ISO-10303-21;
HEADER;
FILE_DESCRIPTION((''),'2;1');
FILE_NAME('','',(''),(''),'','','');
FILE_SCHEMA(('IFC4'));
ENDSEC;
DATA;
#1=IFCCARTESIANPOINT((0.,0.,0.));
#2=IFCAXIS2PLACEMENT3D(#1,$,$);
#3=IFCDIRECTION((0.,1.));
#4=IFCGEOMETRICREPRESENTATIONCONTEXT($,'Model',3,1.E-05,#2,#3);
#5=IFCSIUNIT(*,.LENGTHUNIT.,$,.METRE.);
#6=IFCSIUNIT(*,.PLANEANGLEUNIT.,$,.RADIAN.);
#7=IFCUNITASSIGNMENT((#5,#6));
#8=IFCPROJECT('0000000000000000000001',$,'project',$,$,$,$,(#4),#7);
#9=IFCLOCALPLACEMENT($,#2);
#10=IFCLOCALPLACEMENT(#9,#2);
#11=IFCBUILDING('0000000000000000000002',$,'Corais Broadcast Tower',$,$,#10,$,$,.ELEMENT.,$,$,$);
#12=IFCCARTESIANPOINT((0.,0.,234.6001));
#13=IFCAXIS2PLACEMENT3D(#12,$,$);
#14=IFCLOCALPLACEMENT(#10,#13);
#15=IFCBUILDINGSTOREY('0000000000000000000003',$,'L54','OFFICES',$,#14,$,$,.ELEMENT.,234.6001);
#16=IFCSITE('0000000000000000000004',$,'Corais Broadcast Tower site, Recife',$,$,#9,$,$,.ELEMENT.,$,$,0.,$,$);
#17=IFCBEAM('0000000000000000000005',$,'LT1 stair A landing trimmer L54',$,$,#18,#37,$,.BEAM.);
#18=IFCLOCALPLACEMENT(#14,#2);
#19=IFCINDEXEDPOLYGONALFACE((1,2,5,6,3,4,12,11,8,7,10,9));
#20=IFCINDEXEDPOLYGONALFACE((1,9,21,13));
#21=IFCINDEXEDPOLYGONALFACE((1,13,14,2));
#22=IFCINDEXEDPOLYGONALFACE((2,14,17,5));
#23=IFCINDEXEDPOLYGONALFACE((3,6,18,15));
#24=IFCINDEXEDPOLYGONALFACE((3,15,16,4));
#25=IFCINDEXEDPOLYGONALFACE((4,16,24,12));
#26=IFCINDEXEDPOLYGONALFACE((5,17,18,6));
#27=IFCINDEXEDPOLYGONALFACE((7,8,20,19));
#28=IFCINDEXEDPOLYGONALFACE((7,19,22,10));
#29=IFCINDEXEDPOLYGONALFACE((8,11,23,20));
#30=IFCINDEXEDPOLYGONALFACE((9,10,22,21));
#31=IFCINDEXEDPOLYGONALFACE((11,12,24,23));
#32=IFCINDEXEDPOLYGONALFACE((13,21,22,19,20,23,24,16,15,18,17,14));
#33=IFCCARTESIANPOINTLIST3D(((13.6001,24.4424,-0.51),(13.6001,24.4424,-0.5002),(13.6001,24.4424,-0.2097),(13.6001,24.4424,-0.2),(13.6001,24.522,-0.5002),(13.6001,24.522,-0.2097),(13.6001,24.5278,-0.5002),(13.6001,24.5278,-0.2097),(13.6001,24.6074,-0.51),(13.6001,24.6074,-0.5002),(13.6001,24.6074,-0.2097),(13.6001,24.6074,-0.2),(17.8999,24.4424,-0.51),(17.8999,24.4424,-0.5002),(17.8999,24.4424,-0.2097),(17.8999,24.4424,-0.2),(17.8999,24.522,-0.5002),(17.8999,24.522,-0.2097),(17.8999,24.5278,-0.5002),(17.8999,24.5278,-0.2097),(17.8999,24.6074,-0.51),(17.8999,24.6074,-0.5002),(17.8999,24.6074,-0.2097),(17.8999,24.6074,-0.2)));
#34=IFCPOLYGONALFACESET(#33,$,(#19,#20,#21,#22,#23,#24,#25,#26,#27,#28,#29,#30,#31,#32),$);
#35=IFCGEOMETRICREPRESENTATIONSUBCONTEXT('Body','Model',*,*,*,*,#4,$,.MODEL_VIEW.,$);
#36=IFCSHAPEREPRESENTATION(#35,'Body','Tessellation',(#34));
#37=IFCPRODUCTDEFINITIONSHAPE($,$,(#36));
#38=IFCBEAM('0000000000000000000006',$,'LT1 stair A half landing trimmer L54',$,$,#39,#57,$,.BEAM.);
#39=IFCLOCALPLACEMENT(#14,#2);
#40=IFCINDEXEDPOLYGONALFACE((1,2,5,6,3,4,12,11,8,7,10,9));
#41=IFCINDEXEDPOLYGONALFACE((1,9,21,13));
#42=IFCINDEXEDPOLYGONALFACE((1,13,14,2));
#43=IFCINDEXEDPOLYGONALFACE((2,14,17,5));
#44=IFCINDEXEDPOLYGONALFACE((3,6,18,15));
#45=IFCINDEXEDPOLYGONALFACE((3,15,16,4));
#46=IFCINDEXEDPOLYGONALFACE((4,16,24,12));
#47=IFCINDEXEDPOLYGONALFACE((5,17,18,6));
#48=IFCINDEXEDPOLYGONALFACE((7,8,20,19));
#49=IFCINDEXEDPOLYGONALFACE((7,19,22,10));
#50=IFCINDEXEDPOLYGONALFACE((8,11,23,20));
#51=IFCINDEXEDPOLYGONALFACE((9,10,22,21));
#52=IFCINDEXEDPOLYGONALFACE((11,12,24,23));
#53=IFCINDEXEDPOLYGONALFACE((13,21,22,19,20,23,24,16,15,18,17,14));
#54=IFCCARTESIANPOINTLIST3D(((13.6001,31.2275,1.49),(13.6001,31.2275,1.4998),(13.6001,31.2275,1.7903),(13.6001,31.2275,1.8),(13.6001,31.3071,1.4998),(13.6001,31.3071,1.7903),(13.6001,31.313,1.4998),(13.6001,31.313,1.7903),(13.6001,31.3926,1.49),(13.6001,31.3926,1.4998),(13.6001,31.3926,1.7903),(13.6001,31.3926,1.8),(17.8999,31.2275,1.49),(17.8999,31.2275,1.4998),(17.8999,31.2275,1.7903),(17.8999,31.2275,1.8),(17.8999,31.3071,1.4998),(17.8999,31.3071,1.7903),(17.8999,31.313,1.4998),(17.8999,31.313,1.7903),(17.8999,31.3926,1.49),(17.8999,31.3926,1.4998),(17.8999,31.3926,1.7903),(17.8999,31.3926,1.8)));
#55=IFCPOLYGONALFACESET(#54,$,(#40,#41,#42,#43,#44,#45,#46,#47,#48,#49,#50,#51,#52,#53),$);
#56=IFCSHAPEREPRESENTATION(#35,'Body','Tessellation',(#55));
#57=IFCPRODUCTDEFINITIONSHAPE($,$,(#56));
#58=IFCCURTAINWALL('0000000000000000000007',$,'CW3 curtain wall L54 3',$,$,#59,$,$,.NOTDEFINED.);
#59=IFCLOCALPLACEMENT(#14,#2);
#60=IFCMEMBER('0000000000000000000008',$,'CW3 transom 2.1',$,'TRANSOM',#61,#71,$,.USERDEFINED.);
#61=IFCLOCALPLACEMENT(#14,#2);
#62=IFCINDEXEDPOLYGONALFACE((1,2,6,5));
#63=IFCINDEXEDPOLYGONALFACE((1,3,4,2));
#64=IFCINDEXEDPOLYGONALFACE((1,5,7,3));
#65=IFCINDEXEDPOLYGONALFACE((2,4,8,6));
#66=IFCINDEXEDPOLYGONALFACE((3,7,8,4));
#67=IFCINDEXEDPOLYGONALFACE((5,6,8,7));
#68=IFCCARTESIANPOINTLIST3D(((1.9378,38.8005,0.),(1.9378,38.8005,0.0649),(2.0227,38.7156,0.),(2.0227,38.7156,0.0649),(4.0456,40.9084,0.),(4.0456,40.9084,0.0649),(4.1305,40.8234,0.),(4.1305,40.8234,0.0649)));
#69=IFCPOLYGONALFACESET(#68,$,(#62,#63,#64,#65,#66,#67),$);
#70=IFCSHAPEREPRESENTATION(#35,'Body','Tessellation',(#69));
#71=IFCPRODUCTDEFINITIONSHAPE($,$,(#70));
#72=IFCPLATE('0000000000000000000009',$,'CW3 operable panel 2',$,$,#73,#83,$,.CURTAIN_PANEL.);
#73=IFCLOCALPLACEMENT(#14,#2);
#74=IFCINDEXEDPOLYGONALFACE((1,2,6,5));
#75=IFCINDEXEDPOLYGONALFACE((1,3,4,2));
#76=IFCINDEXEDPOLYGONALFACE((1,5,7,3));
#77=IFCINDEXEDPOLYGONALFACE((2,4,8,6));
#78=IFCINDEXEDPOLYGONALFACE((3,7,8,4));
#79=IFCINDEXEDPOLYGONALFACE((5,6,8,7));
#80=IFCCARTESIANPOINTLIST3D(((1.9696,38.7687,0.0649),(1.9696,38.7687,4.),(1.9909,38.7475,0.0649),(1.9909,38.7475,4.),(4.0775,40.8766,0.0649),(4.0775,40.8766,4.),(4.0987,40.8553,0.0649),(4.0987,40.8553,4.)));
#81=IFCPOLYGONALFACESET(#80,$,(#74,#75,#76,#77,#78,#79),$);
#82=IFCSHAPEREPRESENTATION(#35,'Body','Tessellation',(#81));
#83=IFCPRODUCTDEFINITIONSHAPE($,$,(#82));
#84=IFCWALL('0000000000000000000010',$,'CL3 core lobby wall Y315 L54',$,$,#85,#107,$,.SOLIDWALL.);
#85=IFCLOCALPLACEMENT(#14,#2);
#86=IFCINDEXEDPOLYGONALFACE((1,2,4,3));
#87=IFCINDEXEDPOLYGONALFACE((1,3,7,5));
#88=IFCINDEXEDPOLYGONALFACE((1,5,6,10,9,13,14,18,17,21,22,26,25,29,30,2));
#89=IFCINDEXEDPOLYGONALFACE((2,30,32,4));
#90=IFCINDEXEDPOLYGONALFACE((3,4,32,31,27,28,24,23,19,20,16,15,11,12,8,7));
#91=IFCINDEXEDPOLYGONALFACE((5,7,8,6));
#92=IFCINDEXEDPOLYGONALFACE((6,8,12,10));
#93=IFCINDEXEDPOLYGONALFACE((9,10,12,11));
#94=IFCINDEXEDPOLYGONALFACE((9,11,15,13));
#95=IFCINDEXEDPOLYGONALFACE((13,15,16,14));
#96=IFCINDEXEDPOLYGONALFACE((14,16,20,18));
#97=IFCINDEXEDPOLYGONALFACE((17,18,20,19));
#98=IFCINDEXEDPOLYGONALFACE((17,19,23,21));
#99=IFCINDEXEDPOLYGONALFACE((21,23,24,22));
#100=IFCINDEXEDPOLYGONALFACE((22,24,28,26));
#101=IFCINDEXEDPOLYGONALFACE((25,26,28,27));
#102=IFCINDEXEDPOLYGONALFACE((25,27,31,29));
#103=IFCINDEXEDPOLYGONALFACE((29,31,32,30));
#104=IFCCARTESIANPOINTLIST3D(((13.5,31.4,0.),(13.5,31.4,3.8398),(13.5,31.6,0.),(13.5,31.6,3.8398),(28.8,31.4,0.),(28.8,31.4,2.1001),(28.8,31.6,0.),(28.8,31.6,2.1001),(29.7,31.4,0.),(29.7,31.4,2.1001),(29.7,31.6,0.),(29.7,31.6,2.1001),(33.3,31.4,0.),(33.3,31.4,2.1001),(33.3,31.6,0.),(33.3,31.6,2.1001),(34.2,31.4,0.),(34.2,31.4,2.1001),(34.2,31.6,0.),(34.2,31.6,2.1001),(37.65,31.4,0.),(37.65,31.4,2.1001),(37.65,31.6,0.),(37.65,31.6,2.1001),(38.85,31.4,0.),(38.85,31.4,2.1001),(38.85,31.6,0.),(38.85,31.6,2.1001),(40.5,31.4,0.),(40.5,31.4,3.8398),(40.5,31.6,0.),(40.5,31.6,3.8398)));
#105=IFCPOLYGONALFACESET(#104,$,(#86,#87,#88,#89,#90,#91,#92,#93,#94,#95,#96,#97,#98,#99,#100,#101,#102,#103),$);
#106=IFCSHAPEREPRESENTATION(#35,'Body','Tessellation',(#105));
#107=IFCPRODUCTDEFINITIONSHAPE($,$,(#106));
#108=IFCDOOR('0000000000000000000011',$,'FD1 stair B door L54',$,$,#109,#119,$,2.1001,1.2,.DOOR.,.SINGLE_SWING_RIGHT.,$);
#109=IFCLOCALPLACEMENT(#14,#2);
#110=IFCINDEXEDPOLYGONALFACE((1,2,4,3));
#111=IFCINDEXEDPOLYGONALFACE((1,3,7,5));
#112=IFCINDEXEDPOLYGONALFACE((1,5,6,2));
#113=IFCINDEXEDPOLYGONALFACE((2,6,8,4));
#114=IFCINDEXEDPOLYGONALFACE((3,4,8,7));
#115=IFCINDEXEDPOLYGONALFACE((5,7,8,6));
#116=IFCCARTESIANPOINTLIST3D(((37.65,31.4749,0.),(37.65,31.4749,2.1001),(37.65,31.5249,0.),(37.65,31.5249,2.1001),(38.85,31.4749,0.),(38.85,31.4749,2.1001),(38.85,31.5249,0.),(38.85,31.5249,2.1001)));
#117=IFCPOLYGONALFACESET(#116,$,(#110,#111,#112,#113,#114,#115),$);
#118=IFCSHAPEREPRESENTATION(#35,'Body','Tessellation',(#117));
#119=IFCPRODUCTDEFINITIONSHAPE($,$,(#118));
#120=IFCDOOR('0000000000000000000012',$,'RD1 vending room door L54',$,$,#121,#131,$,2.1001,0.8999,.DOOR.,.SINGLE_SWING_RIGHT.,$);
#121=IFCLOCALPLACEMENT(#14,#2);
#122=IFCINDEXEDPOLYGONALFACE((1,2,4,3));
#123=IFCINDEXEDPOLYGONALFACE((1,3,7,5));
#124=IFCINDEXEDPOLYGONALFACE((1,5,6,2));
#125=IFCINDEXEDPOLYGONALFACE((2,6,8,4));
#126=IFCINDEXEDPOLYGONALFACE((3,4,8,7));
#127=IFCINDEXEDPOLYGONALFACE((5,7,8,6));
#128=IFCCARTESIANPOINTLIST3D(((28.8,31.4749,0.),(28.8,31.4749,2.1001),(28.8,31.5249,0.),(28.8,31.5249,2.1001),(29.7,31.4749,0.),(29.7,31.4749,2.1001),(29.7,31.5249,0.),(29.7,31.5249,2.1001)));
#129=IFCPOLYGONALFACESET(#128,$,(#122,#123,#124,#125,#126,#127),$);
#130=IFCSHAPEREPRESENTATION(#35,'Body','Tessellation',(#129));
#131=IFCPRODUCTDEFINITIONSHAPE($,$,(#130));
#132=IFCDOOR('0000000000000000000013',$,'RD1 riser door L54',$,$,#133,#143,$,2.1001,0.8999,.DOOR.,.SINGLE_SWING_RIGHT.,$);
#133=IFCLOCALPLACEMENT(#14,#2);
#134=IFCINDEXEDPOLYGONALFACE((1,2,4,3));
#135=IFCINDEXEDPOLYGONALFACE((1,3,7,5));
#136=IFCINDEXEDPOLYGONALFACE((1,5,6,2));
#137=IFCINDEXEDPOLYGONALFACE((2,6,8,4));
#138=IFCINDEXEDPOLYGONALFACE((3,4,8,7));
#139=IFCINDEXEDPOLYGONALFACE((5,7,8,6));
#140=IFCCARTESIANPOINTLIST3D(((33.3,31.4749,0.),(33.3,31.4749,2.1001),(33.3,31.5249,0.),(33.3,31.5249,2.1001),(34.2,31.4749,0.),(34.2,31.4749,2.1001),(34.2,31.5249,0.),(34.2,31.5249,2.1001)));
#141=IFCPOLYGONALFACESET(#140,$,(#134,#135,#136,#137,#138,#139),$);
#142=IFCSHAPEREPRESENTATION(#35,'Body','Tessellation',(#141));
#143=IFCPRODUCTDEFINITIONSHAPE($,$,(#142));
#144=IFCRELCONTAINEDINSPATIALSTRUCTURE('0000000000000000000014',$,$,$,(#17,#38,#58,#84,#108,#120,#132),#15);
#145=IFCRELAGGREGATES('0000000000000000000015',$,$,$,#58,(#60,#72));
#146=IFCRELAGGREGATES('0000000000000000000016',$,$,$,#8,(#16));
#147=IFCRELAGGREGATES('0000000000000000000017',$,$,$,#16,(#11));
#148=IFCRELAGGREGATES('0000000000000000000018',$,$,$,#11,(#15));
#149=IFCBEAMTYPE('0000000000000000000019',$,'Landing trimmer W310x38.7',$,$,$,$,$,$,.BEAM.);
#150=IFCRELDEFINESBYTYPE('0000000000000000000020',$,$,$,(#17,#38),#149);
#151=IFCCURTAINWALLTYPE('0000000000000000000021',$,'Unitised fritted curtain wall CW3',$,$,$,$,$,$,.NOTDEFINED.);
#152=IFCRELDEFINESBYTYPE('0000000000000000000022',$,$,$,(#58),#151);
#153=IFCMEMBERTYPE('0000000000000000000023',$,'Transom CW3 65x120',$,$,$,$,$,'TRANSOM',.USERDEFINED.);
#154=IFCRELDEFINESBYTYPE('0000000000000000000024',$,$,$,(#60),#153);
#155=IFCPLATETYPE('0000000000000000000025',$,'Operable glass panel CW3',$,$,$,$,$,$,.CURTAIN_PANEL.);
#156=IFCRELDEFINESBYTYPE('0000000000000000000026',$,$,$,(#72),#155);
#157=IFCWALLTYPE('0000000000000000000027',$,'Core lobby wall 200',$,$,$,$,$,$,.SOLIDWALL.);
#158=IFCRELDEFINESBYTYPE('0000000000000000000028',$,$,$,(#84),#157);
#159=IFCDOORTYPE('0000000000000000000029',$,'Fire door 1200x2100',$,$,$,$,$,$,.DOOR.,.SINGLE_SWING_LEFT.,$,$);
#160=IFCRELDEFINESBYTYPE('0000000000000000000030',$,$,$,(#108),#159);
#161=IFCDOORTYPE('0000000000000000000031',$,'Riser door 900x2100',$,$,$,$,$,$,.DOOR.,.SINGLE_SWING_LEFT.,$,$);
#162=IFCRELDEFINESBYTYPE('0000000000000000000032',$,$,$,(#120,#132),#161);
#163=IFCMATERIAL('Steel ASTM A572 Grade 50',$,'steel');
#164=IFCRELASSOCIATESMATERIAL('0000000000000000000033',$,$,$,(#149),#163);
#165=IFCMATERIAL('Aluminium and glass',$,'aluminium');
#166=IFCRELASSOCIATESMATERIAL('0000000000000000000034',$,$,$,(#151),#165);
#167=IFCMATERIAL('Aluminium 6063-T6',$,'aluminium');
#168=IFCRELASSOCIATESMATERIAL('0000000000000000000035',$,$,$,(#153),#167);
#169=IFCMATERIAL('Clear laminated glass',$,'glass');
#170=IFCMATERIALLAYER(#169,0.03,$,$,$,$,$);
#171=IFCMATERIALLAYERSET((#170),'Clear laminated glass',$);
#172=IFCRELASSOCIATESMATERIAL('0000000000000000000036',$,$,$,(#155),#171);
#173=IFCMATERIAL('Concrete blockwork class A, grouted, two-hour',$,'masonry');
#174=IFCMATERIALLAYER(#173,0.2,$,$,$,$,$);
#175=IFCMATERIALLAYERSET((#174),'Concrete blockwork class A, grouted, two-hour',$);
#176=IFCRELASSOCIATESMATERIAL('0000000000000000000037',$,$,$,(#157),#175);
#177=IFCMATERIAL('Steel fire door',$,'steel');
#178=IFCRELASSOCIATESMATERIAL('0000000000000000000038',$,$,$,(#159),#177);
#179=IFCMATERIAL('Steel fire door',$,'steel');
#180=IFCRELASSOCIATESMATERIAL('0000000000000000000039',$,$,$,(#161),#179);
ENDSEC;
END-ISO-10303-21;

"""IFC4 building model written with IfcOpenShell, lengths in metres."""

from ifc_helpers import new_model, si_unit, direction, frame, frame_2d, origin, origin_2d, place, context, subcontext, project, spatial, rectangle, i_section, extrude, material, layer, layer_set, material_profile, profile_set, type_object, element, fill, aggregate, save


model = new_model("IFC4")

# Units and contexts
model_context = context("Model", 3, precision=1e-05, world=origin(), true_north=direction((0.0, 1.0)))
body_context = subcontext(model_context, "Body", "Model", "MODEL_VIEW")
ifc_project = project(units=[si_unit("LENGTHUNIT", "METRE"), si_unit("PLANEANGLEUNIT", "RADIAN")], contexts=[model_context])

# Site, building, storey
site_placement = place(None, origin())
site = spatial("IfcSite", under=ifc_project, at=site_placement, Name="Corais Broadcast Tower site, Recife", CompositionType="ELEMENT", RefElevation=0.0)
building_placement = place(site_placement, origin())
building = spatial("IfcBuilding", under=site, at=building_placement, Name="Corais Broadcast Tower", CompositionType="ELEMENT")
storey_placement = place(building_placement, frame((0.0, 0.0, 234.6001)))
storey = spatial("IfcBuildingStorey", under=building, at=storey_placement, Name="L54", Description="OFFICES", CompositionType="ELEMENT", Elevation=234.6001)

# Beams
ifc_material_1 = material(Name="Steel ASTM A572 Grade 50", Category="steel")
ifc_material_profile_1 = material_profile(ifc_material_1, i_section(OverallWidth=0.165, OverallDepth=0.3101, WebThickness=0.0059, FlangeThickness=0.0098, at=origin_2d()), Name="W310x38.7")
ifc_profile_set_1 = profile_set([ifc_material_profile_1], Name="Steel ASTM A572 Grade 50")
beam_type = type_object("IfcBeamType", Name="Landing trimmer W310x38.7", PredefinedType="BEAM", material=ifc_profile_set_1)
for number, where, z_axis, x_axis, name in (
    (1, (13.6001, 24.5249, -0.355), (1.0, 0.0, 0.0), (0.0, 1.0, 0.0), "LT1 stair A landing trimmer L54"),
    (2, (13.6001, 31.3101, 1.645), (1.0, 0.0, 0.0), (0.0, 1.0, 0.0), "LT1 stair A half landing trimmer L54"),
):
    element("IfcBeam", number, at=place(storey_placement, frame(where, z_axis=z_axis, x_axis=x_axis)), inside=storey, type_object=beam_type, Name=name, PredefinedType="BEAM", context=body_context, shape_type="SweptSolid", body=[
        extrude(i_section(OverallWidth=0.165, OverallDepth=0.3101, WebThickness=0.0059, FlangeThickness=0.0098, at=origin_2d()), origin(), (0.0, 0.0, 1.0), 4.2998),
    ])

# Curtain wall, member, plate
ifc_material_2 = material(Name="Aluminium and glass", Category="aluminium")
curtain_wall_type = type_object("IfcCurtainWallType", Name="Unitised fritted curtain wall CW3", PredefinedType="NOTDEFINED", material=ifc_material_2)
curtain_wall_placement = place(storey_placement, origin())
curtain_wall = element("IfcCurtainWall", 3, at=curtain_wall_placement, inside=storey, type_object=curtain_wall_type, Name="CW3 curtain wall L54 3", PredefinedType="NOTDEFINED")
ifc_material_3 = material(Name="Aluminium 6063-T6", Category="aluminium")
ifc_material_profile_2 = material_profile(ifc_material_3, rectangle(XDim=0.1201, YDim=0.0649, at=origin_2d()), Name="Transom CW3 65x120")
ifc_profile_set_2 = profile_set([ifc_material_profile_2], Name="Aluminium 6063-T6")
member_type = type_object("IfcMemberType", Name="Transom CW3 65x120", ElementType="TRANSOM", PredefinedType="USERDEFINED", material=ifc_profile_set_2)
member_placement = place(storey_placement, frame((1.9802, 38.7581, 0.0325), z_axis=(0.707107, 0.707107, 0.0), x_axis=(-0.707107, 0.707107, 0.0)))
member = element("IfcMember", 4, at=member_placement, type_object=member_type, Name="CW3 transom 2.1", ObjectType="TRANSOM", PredefinedType="USERDEFINED", context=body_context, shape_type="SweptSolid", body=[
    extrude(rectangle(XDim=0.1201, YDim=0.0649, at=origin_2d()), origin(), (0.0, 0.0, 1.0), 2.981),
])
ifc_material_4 = material(Name="Clear laminated glass", Category="glass")
ifc_layer_1 = layer(ifc_material_4, 0.03)
ifc_layer_set_1 = layer_set([ifc_layer_1], Name="Clear laminated glass")
plate_type = type_object("IfcPlateType", Name="Operable glass panel CW3", PredefinedType="CURTAIN_PANEL", material=ifc_layer_set_1)
plate_placement = place(storey_placement, frame((3.0342, 39.812, 0.0649), z_axis=(0.0, 0.0, 1.0), x_axis=(0.707107, 0.707107, 0.0)))
plate = element("IfcPlate", 5, at=plate_placement, type_object=plate_type, Name="CW3 operable panel 2", PredefinedType="CURTAIN_PANEL", context=body_context, shape_type="SweptSolid", body=[
    extrude(rectangle(XDim=2.981, YDim=0.03, at=origin_2d()), origin(), (0.0, 0.0, 1.0), 3.9351),
])
aggregate(curtain_wall, [member, plate])

# Wall, openings, doors
ifc_material_5 = material(Name="Concrete blockwork class A, grouted, two-hour", Category="masonry")
ifc_layer_2 = layer(ifc_material_5, 0.2)
ifc_layer_set_2 = layer_set([ifc_layer_2], Name="Concrete blockwork class A, grouted, two-hour")
wall_type_1 = type_object("IfcWallType", Name="Core lobby wall 200", PredefinedType="SOLIDWALL", material=ifc_layer_set_2)
wall_1_placement = place(storey_placement, frame((13.5, 31.5, 0.0), z_axis=(0.0, 0.0, 1.0), x_axis=(1.0, 0.0, 0.0)))
wall_1 = element("IfcWall", 6, at=wall_1_placement, inside=storey, type_object=wall_type_1, Name="CL3 core lobby wall Y315 L54", PredefinedType="SOLIDWALL", context=body_context, shape_type="SweptSolid", body=[
    extrude(rectangle(XDim=27.0, YDim=0.2, at=frame_2d((13.5, 0.0))), origin(), (0.0, 0.0, 1.0), 3.8398),
])
opening_1_placement = place(wall_1_placement, frame((24.1499, 0.0, 0.0)))
opening_1 = element("IfcOpeningElement", 7, at=opening_1_placement, cuts=wall_1, PredefinedType="OPENING", context=body_context, shape_type="SweptSolid", body=[
    extrude(rectangle(XDim=1.2, YDim=2.1001, at=frame_2d((0.6001, 1.05))), frame((0.0, 0.1099, 0.0), z_axis=(0.0, -1.0, 0.0), x_axis=(1.0, 0.0, 0.0)), (0.0, 0.0, 1.0), 0.22),
])
opening_2_placement = place(wall_1_placement, frame((15.3, 0.0, 0.0)))
opening_2 = element("IfcOpeningElement", 8, at=opening_2_placement, cuts=wall_1, PredefinedType="OPENING", context=body_context, shape_type="SweptSolid", body=[
    extrude(rectangle(XDim=0.8999, YDim=2.1001, at=frame_2d((0.45, 1.05))), frame((0.0, 0.1099, 0.0), z_axis=(0.0, -1.0, 0.0), x_axis=(1.0, 0.0, 0.0)), (0.0, 0.0, 1.0), 0.22),
])
opening_3_placement = place(wall_1_placement, frame((19.8, 0.0, 0.0)))
opening_3 = element("IfcOpeningElement", 9, at=opening_3_placement, cuts=wall_1, PredefinedType="OPENING", context=body_context, shape_type="SweptSolid", body=[
    extrude(rectangle(XDim=0.8999, YDim=2.1001, at=frame_2d((0.45, 1.05))), frame((0.0, 0.1099, 0.0), z_axis=(0.0, -1.0, 0.0), x_axis=(1.0, 0.0, 0.0)), (0.0, 0.0, 1.0), 0.22),
])
ifc_material_6 = material(Name="Steel fire door", Category="steel")
door_type_1 = type_object("IfcDoorType", Name="Fire door 1200x2100", OperationType="SINGLE_SWING_LEFT", PredefinedType="DOOR", material=ifc_material_6)
door_1_placement = place(opening_1_placement, origin())
door_1 = element("IfcDoor", 10, at=door_1_placement, inside=storey, type_object=door_type_1, Name="FD1 stair B door L54", OperationType="SINGLE_SWING_RIGHT", OverallHeight=2.1001, OverallWidth=1.2, PredefinedType="DOOR", context=body_context, shape_type="SweptSolid", body=[
    extrude(rectangle(XDim=1.2, YDim=2.1001, at=frame_2d((0.6001, 1.05))), frame((0.0, 0.0249, 0.0), z_axis=(0.0, -1.0, 0.0), x_axis=(1.0, 0.0, 0.0)), (0.0, 0.0, 1.0), 0.05),
])
fill(opening_1, door_1)
ifc_material_7 = material(Name="Steel fire door", Category="steel")
door_type_2 = type_object("IfcDoorType", Name="Riser door 900x2100", OperationType="SINGLE_SWING_LEFT", PredefinedType="DOOR", material=ifc_material_7)
door_2_placement = place(opening_2_placement, origin())
door_2 = element("IfcDoor", 11, at=door_2_placement, inside=storey, type_object=door_type_2, Name="RD1 vending room door L54", OperationType="SINGLE_SWING_RIGHT", OverallHeight=2.1001, OverallWidth=0.8999, PredefinedType="DOOR", context=body_context, shape_type="SweptSolid", body=[
    extrude(rectangle(XDim=0.8999, YDim=2.1001, at=frame_2d((0.45, 1.05))), frame((0.0, 0.0249, 0.0), z_axis=(0.0, -1.0, 0.0), x_axis=(1.0, 0.0, 0.0)), (0.0, 0.0, 1.0), 0.05),
])
fill(opening_2, door_2)
door_3_placement = place(opening_3_placement, origin())
door_3 = element("IfcDoor", 12, at=door_3_placement, inside=storey, type_object=door_type_2, Name="RD1 riser door L54", OperationType="SINGLE_SWING_RIGHT", OverallHeight=2.1001, OverallWidth=0.8999, PredefinedType="DOOR", context=body_context, shape_type="SweptSolid", body=[
    extrude(rectangle(XDim=0.8999, YDim=2.1001, at=frame_2d((0.45, 1.05))), frame((0.0, 0.0249, 0.0), z_axis=(0.0, -1.0, 0.0), x_axis=(1.0, 0.0, 0.0)), (0.0, 0.0, 1.0), 0.05),
])
fill(opening_3, door_3)

save(model, "model.ifc")
